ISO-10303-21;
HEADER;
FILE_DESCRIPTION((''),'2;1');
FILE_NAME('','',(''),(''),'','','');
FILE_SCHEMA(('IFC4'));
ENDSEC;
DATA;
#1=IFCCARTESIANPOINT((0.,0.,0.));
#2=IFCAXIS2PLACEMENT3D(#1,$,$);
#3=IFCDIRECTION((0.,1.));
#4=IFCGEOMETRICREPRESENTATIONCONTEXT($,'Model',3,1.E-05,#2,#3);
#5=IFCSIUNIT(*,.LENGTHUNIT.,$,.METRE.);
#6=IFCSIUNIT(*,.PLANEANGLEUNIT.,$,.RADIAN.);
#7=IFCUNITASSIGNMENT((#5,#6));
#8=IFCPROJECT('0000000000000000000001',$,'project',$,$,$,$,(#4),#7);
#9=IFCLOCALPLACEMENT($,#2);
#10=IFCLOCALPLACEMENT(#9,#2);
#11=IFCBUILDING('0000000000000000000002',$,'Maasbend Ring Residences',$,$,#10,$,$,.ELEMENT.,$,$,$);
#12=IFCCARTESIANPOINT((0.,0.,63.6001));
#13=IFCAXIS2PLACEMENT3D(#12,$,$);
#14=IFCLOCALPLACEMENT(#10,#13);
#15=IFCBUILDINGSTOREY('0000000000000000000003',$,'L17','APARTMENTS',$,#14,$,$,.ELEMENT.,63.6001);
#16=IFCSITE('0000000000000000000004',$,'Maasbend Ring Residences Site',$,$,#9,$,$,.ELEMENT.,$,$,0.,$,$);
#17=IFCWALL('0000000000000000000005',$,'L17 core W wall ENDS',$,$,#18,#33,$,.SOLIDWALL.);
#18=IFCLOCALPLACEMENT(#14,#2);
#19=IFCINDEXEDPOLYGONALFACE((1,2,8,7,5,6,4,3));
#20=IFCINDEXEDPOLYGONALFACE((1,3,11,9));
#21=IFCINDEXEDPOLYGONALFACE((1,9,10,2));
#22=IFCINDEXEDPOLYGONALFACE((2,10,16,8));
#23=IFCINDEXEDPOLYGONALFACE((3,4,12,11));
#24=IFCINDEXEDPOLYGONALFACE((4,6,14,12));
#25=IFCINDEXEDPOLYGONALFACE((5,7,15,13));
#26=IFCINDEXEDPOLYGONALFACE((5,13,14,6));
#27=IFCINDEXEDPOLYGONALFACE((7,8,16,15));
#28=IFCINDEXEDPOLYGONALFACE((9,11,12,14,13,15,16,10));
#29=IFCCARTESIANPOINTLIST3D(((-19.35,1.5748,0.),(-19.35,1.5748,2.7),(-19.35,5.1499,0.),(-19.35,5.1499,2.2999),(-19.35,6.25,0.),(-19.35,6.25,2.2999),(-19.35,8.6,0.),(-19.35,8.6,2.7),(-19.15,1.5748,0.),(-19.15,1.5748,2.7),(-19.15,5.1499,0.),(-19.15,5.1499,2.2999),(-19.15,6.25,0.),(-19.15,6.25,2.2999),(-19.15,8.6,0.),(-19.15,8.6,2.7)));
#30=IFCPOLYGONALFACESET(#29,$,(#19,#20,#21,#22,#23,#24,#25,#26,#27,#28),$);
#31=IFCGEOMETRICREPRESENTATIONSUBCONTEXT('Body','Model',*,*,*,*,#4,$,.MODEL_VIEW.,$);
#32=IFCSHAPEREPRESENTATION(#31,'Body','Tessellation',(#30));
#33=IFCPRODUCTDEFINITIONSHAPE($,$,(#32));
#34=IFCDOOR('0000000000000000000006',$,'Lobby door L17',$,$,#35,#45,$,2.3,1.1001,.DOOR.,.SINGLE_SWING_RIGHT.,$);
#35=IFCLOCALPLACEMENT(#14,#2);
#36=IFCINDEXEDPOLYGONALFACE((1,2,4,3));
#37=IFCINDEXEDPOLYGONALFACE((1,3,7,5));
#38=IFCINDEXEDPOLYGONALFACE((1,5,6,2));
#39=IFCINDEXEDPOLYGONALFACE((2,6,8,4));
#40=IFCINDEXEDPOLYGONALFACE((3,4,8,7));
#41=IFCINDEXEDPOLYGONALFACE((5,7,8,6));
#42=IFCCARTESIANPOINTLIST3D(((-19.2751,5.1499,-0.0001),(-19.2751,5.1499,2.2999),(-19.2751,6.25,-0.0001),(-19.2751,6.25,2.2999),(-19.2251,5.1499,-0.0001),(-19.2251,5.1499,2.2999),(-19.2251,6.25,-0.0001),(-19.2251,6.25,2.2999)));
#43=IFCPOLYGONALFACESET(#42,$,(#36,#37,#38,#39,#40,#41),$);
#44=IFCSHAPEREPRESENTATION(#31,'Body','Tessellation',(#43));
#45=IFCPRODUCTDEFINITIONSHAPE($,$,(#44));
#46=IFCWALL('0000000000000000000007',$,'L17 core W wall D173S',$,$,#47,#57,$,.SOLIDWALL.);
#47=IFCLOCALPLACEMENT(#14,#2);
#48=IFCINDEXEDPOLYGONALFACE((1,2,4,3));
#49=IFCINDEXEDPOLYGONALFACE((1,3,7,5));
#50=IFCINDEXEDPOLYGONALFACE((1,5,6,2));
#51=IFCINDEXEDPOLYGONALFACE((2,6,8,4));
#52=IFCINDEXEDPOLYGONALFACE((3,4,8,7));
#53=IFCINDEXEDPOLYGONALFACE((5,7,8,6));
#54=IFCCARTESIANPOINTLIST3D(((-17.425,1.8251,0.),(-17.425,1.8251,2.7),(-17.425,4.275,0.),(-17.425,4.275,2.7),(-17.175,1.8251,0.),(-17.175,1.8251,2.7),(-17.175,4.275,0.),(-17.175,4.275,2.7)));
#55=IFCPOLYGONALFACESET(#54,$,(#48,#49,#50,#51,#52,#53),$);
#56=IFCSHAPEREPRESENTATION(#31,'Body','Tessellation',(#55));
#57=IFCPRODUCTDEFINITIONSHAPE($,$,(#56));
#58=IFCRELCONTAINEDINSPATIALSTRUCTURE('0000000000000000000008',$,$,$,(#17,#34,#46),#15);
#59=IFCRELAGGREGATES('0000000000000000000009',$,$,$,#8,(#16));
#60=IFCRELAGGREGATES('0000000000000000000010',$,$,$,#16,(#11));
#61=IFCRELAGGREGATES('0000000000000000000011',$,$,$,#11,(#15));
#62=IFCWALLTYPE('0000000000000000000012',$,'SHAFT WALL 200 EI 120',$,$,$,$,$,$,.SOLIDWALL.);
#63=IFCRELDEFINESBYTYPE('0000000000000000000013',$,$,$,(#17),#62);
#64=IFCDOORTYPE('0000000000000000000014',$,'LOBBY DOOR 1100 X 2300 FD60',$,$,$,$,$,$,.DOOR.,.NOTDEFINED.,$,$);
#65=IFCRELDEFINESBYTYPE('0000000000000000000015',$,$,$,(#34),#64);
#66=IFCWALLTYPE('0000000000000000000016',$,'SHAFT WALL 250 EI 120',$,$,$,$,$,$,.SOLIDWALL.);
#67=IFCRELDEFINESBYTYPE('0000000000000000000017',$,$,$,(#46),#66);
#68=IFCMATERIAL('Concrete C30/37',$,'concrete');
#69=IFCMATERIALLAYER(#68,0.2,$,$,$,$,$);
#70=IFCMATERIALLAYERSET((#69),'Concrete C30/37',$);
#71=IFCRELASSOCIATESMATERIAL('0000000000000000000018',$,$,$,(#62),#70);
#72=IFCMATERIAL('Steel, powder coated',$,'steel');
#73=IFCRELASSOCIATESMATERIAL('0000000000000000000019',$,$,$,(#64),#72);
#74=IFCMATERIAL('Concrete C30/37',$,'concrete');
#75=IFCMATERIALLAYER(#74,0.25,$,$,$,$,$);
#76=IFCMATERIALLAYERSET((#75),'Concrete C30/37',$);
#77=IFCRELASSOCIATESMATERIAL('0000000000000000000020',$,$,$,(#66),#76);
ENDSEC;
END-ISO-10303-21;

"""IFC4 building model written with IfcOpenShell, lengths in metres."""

from ifc_helpers import new_model, si_unit, direction, frame, frame_2d, origin, place, context, subcontext, project, spatial, rectangle, extrude, material, layer, layer_set, type_object, element, fill, save


model = new_model("IFC4")

# Units and contexts
model_context = context("Model", 3, precision=1e-05, world=origin(), true_north=direction((0.0, 1.0)))
body_context = subcontext(model_context, "Body", "Model", "MODEL_VIEW")
ifc_project = project(units=[si_unit("LENGTHUNIT", "METRE"), si_unit("PLANEANGLEUNIT", "RADIAN")], contexts=[model_context])

# Site, building, storey
site_placement = place(None, origin())
site = spatial("IfcSite", under=ifc_project, at=site_placement, Name="Maasbend Ring Residences Site", CompositionType="ELEMENT", RefElevation=0.0)
building_placement = place(site_placement, origin())
building = spatial("IfcBuilding", under=site, at=building_placement, Name="Maasbend Ring Residences", CompositionType="ELEMENT")
storey_placement = place(building_placement, frame((0.0, 0.0, 63.6001)))
storey = spatial("IfcBuildingStorey", under=building, at=storey_placement, Name="L17", Description="APARTMENTS", CompositionType="ELEMENT", Elevation=63.6001)

# Wall, opening, door
ifc_material_1 = material(Name="Concrete C30/37", Category="concrete")
ifc_layer_1 = layer(ifc_material_1, 0.2)
ifc_layer_set_1 = layer_set([ifc_layer_1], Name="Concrete C30/37")
wall_type_1 = type_object("IfcWallType", Name="SHAFT WALL 200 EI 120", PredefinedType="SOLIDWALL", material=ifc_layer_set_1)
wall_1_placement = place(storey_placement, frame((-19.25, 8.6001, 0.0), z_axis=(0.0, 0.0, 1.0), x_axis=(0.0, -1.0, 0.0)))
wall_1 = element("IfcWall", 1, at=wall_1_placement, inside=storey, type_object=wall_type_1, Name="L17 core W wall ENDS", PredefinedType="SOLIDWALL", context=body_context, shape_type="SweptSolid", body=[
    extrude(rectangle(XDim=7.0251, YDim=0.2, at=frame_2d((3.5127, 0.0))), origin(), (0.0, 0.0, 1.0), 2.7),
])
opening_1_placement = place(wall_1_placement, frame((2.3501, 0.0, 0.0)))
opening_1 = element("IfcOpeningElement", 2, at=opening_1_placement, cuts=wall_1, PredefinedType="OPENING", context=body_context, shape_type="SweptSolid", body=[
    extrude(rectangle(XDim=1.1001, YDim=2.3, at=frame_2d((0.55, 1.1499))), frame((0.0, 0.1099, 0.0), z_axis=(0.0, -1.0, 0.0), x_axis=(1.0, 0.0, 0.0)), (0.0, 0.0, 1.0), 0.22),
])
ifc_material_2 = material(Name="Steel, powder coated", Category="steel")
door_type_1 = type_object("IfcDoorType", Name="LOBBY DOOR 1100 X 2300 FD60", OperationType="NOTDEFINED", PredefinedType="DOOR", material=ifc_material_2)
door_1_placement = place(opening_1_placement, origin())
door_1 = element("IfcDoor", 3, at=door_1_placement, inside=storey, type_object=door_type_1, Name="Lobby door L17", OperationType="SINGLE_SWING_RIGHT", OverallHeight=2.3, OverallWidth=1.1001, PredefinedType="DOOR", context=body_context, shape_type="SweptSolid", body=[
    extrude(rectangle(XDim=1.1001, YDim=2.3, at=frame_2d((0.55, 1.1499))), frame((0.0, 0.0249, 0.0), z_axis=(0.0, -1.0, 0.0), x_axis=(1.0, 0.0, 0.0)), (0.0, 0.0, 1.0), 0.05),
])
fill(opening_1, door_1)

# Wall
ifc_material_3 = material(Name="Concrete C30/37", Category="concrete")
ifc_layer_2 = layer(ifc_material_3, 0.25)
ifc_layer_set_2 = layer_set([ifc_layer_2], Name="Concrete C30/37")
wall_type_2 = type_object("IfcWallType", Name="SHAFT WALL 250 EI 120", PredefinedType="SOLIDWALL", material=ifc_layer_set_2)
wall_2_placement = place(storey_placement, frame((-17.3, 1.825, 0.0), z_axis=(0.0, 0.0, 1.0), x_axis=(0.0, 1.0, 0.0)))
element("IfcWall", 4, at=wall_2_placement, inside=storey, type_object=wall_type_2, Name="L17 core W wall D173S", PredefinedType="SOLIDWALL", context=body_context, shape_type="SweptSolid", body=[
    extrude(rectangle(XDim=2.45, YDim=0.25, at=frame_2d((1.2251, 0.0))), origin(), (0.0, 0.0, 1.0), 2.7),
])

save(model, "model.ifc")
